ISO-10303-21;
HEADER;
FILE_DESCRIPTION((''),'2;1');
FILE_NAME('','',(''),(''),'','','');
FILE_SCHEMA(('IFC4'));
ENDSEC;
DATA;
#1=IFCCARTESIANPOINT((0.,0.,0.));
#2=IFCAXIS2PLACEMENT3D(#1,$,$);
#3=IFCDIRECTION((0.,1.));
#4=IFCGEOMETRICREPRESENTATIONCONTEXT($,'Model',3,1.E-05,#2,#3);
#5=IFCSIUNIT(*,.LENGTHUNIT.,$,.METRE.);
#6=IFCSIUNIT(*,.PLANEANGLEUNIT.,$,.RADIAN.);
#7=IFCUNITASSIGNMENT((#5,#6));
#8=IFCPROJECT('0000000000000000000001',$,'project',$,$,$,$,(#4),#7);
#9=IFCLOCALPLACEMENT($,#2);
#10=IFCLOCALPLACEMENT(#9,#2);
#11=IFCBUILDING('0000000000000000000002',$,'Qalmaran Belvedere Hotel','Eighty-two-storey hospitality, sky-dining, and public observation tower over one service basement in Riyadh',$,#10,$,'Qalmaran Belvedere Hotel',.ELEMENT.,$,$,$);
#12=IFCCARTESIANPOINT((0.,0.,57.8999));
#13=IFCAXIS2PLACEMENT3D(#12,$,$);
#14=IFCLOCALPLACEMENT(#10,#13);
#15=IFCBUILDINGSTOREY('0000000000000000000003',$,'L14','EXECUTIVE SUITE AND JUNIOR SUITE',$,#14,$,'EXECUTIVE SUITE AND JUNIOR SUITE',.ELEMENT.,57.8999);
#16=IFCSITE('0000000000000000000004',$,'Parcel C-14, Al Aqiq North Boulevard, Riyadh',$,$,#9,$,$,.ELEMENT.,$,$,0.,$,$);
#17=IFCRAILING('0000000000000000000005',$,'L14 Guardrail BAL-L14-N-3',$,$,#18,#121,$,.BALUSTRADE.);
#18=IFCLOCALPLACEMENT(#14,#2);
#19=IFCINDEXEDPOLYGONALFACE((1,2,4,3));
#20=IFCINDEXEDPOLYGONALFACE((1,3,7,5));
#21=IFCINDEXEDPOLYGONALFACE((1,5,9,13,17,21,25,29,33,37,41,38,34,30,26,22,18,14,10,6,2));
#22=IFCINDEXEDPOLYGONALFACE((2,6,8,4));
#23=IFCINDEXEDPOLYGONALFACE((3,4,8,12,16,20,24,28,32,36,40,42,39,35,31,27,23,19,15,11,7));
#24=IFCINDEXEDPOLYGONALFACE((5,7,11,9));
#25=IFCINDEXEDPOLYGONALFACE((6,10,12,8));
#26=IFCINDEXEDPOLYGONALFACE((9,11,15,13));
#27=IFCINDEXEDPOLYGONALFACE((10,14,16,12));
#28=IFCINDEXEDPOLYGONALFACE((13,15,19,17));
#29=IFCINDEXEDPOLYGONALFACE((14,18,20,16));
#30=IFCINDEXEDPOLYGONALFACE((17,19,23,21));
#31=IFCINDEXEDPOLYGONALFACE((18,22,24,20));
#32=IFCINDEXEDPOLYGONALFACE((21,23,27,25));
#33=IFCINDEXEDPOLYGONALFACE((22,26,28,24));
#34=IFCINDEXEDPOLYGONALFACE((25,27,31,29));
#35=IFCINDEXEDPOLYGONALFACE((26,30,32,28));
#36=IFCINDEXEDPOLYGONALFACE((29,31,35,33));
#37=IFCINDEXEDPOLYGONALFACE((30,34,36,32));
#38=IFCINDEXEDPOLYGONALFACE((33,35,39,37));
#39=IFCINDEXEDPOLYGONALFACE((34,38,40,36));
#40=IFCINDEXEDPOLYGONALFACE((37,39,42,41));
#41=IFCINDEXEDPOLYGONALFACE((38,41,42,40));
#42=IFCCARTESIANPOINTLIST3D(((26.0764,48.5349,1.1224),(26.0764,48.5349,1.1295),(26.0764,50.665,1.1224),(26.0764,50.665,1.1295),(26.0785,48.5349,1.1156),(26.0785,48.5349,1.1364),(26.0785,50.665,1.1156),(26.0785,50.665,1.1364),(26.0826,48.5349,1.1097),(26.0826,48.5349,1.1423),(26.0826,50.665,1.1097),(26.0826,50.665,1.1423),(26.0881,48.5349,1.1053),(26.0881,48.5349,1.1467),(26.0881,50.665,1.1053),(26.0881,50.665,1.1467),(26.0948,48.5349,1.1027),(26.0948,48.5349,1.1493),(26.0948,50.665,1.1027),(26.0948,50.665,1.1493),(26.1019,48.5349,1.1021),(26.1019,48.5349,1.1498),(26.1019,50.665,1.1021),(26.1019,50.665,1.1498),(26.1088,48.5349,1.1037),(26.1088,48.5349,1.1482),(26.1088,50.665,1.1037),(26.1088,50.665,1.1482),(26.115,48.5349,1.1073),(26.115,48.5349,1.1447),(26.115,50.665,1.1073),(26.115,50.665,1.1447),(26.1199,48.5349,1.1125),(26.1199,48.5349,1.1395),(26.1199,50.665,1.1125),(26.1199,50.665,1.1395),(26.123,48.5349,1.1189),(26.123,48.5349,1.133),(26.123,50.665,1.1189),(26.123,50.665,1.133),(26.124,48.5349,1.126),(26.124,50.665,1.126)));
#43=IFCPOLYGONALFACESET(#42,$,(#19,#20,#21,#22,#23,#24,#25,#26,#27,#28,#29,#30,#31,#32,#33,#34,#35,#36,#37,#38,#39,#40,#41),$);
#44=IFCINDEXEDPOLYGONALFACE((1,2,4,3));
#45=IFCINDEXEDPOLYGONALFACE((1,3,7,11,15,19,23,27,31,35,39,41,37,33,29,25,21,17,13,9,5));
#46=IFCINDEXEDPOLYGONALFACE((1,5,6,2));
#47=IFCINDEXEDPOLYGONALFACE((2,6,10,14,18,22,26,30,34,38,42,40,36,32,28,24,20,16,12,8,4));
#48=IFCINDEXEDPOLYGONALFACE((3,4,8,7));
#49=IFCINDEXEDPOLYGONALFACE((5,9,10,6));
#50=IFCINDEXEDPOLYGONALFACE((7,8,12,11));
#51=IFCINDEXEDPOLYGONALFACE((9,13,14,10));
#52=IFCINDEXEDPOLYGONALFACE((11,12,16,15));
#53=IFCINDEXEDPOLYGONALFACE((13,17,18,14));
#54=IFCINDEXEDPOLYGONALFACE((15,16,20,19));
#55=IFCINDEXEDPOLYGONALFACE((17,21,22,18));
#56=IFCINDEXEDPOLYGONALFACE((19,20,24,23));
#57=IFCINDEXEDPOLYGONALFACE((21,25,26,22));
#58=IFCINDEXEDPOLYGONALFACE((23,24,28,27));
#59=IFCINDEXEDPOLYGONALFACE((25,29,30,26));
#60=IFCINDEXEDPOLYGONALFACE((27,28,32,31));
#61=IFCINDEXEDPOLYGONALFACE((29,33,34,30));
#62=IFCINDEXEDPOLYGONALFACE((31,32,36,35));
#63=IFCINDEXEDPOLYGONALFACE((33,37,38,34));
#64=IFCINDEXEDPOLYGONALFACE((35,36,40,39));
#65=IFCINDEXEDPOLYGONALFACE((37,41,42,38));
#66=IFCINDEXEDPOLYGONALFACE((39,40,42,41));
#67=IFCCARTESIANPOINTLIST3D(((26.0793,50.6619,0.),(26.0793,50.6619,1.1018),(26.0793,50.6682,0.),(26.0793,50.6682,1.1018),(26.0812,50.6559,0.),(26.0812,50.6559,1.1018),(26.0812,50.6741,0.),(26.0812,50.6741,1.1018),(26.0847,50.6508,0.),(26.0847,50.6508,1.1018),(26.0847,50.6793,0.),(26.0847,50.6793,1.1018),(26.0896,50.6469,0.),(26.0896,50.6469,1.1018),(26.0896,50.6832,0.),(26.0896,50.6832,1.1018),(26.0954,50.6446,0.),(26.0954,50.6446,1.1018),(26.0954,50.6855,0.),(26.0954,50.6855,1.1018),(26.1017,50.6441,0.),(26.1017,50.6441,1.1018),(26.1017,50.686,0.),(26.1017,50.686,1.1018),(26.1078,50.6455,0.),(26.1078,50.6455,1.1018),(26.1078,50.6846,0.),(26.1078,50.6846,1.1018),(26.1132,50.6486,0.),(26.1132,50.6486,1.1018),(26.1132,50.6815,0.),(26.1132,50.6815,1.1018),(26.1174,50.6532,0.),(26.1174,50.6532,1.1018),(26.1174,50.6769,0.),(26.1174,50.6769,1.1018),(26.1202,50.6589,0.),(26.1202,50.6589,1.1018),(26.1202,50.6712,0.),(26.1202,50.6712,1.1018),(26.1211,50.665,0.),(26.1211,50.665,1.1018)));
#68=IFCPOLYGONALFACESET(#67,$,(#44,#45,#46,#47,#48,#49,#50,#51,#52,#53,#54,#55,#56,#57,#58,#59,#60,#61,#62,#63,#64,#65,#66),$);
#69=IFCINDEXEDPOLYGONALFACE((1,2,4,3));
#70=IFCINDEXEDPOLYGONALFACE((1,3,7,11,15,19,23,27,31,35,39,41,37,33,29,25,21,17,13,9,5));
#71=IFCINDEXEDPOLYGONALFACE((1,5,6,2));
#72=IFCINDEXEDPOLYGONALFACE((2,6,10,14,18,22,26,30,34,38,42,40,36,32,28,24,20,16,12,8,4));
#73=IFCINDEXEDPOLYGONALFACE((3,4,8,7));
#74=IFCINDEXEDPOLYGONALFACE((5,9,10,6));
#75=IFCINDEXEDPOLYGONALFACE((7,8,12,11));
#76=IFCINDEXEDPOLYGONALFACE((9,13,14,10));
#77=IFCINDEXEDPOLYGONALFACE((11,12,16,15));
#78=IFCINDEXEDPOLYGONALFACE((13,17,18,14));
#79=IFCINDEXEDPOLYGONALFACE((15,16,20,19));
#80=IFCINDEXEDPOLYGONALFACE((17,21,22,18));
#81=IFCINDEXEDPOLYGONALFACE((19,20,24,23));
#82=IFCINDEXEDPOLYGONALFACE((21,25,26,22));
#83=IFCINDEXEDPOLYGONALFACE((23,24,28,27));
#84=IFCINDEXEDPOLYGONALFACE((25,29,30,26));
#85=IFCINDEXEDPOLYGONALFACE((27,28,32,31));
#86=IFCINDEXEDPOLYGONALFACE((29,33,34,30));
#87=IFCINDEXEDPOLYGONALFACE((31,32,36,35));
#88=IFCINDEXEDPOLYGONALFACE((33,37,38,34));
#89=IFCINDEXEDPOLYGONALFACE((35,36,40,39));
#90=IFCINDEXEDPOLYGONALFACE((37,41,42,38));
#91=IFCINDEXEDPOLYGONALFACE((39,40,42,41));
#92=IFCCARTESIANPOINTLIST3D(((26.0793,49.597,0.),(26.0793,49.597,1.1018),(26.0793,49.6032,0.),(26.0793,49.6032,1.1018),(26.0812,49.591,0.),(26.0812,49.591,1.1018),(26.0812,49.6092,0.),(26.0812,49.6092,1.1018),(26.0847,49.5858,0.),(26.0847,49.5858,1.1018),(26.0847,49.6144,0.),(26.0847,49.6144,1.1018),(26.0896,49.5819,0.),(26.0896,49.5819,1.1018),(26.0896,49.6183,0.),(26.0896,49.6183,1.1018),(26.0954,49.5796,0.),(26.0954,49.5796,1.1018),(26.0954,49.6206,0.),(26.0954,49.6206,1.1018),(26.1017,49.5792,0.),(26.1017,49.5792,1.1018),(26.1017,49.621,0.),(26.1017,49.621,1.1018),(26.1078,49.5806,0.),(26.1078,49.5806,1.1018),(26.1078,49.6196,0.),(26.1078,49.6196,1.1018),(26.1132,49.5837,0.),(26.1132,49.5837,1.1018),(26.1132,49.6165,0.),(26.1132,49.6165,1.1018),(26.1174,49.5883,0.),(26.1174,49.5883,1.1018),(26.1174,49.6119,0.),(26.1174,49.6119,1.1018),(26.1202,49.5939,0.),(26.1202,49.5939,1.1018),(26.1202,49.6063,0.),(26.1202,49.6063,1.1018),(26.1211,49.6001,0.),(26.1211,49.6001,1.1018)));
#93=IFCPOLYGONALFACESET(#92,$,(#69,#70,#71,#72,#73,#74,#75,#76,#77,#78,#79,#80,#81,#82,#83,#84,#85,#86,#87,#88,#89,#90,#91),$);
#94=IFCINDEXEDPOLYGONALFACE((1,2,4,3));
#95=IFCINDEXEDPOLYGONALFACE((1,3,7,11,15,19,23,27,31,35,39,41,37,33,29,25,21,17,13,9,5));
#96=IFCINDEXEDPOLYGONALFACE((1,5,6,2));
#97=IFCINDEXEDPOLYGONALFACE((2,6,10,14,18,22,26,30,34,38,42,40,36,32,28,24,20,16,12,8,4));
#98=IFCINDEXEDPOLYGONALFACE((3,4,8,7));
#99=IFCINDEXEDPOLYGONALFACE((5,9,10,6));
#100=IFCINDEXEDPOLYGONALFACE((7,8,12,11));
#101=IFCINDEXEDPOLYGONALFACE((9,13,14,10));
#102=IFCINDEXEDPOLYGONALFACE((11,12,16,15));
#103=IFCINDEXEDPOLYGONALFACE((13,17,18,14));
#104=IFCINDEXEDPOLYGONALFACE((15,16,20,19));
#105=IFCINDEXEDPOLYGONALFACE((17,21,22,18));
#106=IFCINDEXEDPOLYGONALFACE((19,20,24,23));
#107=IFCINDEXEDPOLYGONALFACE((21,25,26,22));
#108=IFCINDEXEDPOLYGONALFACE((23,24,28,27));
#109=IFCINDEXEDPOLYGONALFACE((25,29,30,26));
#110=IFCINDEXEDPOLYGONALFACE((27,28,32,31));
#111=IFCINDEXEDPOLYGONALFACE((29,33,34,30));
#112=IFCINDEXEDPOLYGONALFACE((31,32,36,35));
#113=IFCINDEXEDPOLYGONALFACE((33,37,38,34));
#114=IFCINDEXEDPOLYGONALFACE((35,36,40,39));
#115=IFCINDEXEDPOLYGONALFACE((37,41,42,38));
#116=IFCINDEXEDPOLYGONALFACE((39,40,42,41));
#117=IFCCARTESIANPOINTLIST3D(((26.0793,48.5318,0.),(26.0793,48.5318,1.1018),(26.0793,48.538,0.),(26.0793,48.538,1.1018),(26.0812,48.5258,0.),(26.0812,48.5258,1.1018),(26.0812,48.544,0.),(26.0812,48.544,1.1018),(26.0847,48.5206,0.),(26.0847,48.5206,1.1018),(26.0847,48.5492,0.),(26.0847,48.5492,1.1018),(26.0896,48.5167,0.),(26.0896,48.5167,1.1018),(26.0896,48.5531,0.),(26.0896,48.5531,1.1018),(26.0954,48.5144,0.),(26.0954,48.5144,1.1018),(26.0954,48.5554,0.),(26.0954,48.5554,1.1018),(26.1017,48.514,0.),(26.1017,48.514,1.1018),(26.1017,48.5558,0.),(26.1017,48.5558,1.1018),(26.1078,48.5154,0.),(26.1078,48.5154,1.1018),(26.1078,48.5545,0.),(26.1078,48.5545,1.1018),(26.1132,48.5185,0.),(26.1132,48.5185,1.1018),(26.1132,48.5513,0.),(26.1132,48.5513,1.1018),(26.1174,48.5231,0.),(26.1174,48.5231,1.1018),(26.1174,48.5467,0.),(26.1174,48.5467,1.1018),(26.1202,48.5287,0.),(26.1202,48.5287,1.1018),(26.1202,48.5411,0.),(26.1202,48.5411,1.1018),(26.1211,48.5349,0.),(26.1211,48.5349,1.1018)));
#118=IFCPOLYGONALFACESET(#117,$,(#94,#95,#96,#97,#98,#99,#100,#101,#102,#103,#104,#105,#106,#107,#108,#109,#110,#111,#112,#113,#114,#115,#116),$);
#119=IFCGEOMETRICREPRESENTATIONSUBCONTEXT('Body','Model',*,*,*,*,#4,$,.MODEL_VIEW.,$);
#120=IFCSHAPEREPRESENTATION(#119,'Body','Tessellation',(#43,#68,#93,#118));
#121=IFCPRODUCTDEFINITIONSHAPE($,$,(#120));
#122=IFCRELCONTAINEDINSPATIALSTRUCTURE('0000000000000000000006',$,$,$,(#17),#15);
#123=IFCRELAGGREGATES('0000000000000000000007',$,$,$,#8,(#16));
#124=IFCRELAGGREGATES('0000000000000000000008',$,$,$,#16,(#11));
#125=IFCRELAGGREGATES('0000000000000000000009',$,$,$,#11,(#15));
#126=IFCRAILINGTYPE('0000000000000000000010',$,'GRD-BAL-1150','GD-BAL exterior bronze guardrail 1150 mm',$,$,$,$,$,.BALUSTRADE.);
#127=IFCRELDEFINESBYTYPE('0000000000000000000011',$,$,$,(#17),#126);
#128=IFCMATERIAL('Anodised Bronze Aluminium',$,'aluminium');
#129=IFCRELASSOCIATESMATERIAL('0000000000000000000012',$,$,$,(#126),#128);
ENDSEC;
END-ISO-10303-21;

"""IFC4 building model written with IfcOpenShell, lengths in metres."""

from ifc_helpers import new_model, si_unit, direction, frame, origin, origin_2d, place, context, subcontext, project, spatial, circle, extrude, material, type_object, element, save


model = new_model("IFC4")

# Units and contexts
model_context = context("Model", 3, precision=1e-05, world=origin(), true_north=direction((0.0, 1.0)))
body_context = subcontext(model_context, "Body", "Model", "MODEL_VIEW")
ifc_project = project(units=[si_unit("LENGTHUNIT", "METRE"), si_unit("PLANEANGLEUNIT", "RADIAN")], contexts=[model_context])

# Site, building, storey
site_placement = place(None, origin())
site = spatial("IfcSite", under=ifc_project, at=site_placement, Name="Parcel C-14, Al Aqiq North Boulevard, Riyadh", CompositionType="ELEMENT", RefElevation=0.0)
building_placement = place(site_placement, origin())
building = spatial("IfcBuilding", under=site, at=building_placement, Name="Qalmaran Belvedere Hotel", Description="Eighty-two-storey hospitality, sky-dining, and public observation tower over one service basement in Riyadh", LongName="Qalmaran Belvedere Hotel", CompositionType="ELEMENT")
storey_placement = place(building_placement, frame((0.0, 0.0, 57.8999)))
storey = spatial("IfcBuildingStorey", under=building, at=storey_placement, Name="L14", Description="EXECUTIVE SUITE AND JUNIOR SUITE", LongName="EXECUTIVE SUITE AND JUNIOR SUITE", CompositionType="ELEMENT", Elevation=57.8999)

# Shared definitions
ifc_material_1 = material(Name="Anodised Bronze Aluminium", Category="aluminium")

# Railing
railing_type = type_object("IfcRailingType", Name="GRD-BAL-1150", Description="GD-BAL exterior bronze guardrail 1150 mm", PredefinedType="BALUSTRADE", material=ifc_material_1)
railing_1_placement = place(storey_placement, frame((26.1001, 50.665, 0.0)))
element("IfcRailing", 1, at=railing_1_placement, inside=storey, type_object=railing_type, Name="L14 Guardrail BAL-L14-N-3", PredefinedType="BALUSTRADE", context=body_context, shape_type="SweptSolid", body=[
    extrude(circle(Radius=0.0239, at=origin_2d()), frame((0.0, 0.0, 1.126), z_axis=(0.0, -1.0, 0.0), x_axis=(1.0, 0.0, 0.0)), (0.0, 0.0, 1.0), 2.1301),
    extrude(circle(Radius=0.021, at=origin_2d()), origin(), (0.0, 0.0, 1.0), 1.1018),
    extrude(circle(Radius=0.021, at=origin_2d()), frame((0.0, -1.0649, 0.0)), (0.0, 0.0, 1.0), 1.1018),
    extrude(circle(Radius=0.021, at=origin_2d()), frame((0.0, -2.1301, 0.0)), (0.0, 0.0, 1.0), 1.1018),
])

save(model, "model.ifc")
